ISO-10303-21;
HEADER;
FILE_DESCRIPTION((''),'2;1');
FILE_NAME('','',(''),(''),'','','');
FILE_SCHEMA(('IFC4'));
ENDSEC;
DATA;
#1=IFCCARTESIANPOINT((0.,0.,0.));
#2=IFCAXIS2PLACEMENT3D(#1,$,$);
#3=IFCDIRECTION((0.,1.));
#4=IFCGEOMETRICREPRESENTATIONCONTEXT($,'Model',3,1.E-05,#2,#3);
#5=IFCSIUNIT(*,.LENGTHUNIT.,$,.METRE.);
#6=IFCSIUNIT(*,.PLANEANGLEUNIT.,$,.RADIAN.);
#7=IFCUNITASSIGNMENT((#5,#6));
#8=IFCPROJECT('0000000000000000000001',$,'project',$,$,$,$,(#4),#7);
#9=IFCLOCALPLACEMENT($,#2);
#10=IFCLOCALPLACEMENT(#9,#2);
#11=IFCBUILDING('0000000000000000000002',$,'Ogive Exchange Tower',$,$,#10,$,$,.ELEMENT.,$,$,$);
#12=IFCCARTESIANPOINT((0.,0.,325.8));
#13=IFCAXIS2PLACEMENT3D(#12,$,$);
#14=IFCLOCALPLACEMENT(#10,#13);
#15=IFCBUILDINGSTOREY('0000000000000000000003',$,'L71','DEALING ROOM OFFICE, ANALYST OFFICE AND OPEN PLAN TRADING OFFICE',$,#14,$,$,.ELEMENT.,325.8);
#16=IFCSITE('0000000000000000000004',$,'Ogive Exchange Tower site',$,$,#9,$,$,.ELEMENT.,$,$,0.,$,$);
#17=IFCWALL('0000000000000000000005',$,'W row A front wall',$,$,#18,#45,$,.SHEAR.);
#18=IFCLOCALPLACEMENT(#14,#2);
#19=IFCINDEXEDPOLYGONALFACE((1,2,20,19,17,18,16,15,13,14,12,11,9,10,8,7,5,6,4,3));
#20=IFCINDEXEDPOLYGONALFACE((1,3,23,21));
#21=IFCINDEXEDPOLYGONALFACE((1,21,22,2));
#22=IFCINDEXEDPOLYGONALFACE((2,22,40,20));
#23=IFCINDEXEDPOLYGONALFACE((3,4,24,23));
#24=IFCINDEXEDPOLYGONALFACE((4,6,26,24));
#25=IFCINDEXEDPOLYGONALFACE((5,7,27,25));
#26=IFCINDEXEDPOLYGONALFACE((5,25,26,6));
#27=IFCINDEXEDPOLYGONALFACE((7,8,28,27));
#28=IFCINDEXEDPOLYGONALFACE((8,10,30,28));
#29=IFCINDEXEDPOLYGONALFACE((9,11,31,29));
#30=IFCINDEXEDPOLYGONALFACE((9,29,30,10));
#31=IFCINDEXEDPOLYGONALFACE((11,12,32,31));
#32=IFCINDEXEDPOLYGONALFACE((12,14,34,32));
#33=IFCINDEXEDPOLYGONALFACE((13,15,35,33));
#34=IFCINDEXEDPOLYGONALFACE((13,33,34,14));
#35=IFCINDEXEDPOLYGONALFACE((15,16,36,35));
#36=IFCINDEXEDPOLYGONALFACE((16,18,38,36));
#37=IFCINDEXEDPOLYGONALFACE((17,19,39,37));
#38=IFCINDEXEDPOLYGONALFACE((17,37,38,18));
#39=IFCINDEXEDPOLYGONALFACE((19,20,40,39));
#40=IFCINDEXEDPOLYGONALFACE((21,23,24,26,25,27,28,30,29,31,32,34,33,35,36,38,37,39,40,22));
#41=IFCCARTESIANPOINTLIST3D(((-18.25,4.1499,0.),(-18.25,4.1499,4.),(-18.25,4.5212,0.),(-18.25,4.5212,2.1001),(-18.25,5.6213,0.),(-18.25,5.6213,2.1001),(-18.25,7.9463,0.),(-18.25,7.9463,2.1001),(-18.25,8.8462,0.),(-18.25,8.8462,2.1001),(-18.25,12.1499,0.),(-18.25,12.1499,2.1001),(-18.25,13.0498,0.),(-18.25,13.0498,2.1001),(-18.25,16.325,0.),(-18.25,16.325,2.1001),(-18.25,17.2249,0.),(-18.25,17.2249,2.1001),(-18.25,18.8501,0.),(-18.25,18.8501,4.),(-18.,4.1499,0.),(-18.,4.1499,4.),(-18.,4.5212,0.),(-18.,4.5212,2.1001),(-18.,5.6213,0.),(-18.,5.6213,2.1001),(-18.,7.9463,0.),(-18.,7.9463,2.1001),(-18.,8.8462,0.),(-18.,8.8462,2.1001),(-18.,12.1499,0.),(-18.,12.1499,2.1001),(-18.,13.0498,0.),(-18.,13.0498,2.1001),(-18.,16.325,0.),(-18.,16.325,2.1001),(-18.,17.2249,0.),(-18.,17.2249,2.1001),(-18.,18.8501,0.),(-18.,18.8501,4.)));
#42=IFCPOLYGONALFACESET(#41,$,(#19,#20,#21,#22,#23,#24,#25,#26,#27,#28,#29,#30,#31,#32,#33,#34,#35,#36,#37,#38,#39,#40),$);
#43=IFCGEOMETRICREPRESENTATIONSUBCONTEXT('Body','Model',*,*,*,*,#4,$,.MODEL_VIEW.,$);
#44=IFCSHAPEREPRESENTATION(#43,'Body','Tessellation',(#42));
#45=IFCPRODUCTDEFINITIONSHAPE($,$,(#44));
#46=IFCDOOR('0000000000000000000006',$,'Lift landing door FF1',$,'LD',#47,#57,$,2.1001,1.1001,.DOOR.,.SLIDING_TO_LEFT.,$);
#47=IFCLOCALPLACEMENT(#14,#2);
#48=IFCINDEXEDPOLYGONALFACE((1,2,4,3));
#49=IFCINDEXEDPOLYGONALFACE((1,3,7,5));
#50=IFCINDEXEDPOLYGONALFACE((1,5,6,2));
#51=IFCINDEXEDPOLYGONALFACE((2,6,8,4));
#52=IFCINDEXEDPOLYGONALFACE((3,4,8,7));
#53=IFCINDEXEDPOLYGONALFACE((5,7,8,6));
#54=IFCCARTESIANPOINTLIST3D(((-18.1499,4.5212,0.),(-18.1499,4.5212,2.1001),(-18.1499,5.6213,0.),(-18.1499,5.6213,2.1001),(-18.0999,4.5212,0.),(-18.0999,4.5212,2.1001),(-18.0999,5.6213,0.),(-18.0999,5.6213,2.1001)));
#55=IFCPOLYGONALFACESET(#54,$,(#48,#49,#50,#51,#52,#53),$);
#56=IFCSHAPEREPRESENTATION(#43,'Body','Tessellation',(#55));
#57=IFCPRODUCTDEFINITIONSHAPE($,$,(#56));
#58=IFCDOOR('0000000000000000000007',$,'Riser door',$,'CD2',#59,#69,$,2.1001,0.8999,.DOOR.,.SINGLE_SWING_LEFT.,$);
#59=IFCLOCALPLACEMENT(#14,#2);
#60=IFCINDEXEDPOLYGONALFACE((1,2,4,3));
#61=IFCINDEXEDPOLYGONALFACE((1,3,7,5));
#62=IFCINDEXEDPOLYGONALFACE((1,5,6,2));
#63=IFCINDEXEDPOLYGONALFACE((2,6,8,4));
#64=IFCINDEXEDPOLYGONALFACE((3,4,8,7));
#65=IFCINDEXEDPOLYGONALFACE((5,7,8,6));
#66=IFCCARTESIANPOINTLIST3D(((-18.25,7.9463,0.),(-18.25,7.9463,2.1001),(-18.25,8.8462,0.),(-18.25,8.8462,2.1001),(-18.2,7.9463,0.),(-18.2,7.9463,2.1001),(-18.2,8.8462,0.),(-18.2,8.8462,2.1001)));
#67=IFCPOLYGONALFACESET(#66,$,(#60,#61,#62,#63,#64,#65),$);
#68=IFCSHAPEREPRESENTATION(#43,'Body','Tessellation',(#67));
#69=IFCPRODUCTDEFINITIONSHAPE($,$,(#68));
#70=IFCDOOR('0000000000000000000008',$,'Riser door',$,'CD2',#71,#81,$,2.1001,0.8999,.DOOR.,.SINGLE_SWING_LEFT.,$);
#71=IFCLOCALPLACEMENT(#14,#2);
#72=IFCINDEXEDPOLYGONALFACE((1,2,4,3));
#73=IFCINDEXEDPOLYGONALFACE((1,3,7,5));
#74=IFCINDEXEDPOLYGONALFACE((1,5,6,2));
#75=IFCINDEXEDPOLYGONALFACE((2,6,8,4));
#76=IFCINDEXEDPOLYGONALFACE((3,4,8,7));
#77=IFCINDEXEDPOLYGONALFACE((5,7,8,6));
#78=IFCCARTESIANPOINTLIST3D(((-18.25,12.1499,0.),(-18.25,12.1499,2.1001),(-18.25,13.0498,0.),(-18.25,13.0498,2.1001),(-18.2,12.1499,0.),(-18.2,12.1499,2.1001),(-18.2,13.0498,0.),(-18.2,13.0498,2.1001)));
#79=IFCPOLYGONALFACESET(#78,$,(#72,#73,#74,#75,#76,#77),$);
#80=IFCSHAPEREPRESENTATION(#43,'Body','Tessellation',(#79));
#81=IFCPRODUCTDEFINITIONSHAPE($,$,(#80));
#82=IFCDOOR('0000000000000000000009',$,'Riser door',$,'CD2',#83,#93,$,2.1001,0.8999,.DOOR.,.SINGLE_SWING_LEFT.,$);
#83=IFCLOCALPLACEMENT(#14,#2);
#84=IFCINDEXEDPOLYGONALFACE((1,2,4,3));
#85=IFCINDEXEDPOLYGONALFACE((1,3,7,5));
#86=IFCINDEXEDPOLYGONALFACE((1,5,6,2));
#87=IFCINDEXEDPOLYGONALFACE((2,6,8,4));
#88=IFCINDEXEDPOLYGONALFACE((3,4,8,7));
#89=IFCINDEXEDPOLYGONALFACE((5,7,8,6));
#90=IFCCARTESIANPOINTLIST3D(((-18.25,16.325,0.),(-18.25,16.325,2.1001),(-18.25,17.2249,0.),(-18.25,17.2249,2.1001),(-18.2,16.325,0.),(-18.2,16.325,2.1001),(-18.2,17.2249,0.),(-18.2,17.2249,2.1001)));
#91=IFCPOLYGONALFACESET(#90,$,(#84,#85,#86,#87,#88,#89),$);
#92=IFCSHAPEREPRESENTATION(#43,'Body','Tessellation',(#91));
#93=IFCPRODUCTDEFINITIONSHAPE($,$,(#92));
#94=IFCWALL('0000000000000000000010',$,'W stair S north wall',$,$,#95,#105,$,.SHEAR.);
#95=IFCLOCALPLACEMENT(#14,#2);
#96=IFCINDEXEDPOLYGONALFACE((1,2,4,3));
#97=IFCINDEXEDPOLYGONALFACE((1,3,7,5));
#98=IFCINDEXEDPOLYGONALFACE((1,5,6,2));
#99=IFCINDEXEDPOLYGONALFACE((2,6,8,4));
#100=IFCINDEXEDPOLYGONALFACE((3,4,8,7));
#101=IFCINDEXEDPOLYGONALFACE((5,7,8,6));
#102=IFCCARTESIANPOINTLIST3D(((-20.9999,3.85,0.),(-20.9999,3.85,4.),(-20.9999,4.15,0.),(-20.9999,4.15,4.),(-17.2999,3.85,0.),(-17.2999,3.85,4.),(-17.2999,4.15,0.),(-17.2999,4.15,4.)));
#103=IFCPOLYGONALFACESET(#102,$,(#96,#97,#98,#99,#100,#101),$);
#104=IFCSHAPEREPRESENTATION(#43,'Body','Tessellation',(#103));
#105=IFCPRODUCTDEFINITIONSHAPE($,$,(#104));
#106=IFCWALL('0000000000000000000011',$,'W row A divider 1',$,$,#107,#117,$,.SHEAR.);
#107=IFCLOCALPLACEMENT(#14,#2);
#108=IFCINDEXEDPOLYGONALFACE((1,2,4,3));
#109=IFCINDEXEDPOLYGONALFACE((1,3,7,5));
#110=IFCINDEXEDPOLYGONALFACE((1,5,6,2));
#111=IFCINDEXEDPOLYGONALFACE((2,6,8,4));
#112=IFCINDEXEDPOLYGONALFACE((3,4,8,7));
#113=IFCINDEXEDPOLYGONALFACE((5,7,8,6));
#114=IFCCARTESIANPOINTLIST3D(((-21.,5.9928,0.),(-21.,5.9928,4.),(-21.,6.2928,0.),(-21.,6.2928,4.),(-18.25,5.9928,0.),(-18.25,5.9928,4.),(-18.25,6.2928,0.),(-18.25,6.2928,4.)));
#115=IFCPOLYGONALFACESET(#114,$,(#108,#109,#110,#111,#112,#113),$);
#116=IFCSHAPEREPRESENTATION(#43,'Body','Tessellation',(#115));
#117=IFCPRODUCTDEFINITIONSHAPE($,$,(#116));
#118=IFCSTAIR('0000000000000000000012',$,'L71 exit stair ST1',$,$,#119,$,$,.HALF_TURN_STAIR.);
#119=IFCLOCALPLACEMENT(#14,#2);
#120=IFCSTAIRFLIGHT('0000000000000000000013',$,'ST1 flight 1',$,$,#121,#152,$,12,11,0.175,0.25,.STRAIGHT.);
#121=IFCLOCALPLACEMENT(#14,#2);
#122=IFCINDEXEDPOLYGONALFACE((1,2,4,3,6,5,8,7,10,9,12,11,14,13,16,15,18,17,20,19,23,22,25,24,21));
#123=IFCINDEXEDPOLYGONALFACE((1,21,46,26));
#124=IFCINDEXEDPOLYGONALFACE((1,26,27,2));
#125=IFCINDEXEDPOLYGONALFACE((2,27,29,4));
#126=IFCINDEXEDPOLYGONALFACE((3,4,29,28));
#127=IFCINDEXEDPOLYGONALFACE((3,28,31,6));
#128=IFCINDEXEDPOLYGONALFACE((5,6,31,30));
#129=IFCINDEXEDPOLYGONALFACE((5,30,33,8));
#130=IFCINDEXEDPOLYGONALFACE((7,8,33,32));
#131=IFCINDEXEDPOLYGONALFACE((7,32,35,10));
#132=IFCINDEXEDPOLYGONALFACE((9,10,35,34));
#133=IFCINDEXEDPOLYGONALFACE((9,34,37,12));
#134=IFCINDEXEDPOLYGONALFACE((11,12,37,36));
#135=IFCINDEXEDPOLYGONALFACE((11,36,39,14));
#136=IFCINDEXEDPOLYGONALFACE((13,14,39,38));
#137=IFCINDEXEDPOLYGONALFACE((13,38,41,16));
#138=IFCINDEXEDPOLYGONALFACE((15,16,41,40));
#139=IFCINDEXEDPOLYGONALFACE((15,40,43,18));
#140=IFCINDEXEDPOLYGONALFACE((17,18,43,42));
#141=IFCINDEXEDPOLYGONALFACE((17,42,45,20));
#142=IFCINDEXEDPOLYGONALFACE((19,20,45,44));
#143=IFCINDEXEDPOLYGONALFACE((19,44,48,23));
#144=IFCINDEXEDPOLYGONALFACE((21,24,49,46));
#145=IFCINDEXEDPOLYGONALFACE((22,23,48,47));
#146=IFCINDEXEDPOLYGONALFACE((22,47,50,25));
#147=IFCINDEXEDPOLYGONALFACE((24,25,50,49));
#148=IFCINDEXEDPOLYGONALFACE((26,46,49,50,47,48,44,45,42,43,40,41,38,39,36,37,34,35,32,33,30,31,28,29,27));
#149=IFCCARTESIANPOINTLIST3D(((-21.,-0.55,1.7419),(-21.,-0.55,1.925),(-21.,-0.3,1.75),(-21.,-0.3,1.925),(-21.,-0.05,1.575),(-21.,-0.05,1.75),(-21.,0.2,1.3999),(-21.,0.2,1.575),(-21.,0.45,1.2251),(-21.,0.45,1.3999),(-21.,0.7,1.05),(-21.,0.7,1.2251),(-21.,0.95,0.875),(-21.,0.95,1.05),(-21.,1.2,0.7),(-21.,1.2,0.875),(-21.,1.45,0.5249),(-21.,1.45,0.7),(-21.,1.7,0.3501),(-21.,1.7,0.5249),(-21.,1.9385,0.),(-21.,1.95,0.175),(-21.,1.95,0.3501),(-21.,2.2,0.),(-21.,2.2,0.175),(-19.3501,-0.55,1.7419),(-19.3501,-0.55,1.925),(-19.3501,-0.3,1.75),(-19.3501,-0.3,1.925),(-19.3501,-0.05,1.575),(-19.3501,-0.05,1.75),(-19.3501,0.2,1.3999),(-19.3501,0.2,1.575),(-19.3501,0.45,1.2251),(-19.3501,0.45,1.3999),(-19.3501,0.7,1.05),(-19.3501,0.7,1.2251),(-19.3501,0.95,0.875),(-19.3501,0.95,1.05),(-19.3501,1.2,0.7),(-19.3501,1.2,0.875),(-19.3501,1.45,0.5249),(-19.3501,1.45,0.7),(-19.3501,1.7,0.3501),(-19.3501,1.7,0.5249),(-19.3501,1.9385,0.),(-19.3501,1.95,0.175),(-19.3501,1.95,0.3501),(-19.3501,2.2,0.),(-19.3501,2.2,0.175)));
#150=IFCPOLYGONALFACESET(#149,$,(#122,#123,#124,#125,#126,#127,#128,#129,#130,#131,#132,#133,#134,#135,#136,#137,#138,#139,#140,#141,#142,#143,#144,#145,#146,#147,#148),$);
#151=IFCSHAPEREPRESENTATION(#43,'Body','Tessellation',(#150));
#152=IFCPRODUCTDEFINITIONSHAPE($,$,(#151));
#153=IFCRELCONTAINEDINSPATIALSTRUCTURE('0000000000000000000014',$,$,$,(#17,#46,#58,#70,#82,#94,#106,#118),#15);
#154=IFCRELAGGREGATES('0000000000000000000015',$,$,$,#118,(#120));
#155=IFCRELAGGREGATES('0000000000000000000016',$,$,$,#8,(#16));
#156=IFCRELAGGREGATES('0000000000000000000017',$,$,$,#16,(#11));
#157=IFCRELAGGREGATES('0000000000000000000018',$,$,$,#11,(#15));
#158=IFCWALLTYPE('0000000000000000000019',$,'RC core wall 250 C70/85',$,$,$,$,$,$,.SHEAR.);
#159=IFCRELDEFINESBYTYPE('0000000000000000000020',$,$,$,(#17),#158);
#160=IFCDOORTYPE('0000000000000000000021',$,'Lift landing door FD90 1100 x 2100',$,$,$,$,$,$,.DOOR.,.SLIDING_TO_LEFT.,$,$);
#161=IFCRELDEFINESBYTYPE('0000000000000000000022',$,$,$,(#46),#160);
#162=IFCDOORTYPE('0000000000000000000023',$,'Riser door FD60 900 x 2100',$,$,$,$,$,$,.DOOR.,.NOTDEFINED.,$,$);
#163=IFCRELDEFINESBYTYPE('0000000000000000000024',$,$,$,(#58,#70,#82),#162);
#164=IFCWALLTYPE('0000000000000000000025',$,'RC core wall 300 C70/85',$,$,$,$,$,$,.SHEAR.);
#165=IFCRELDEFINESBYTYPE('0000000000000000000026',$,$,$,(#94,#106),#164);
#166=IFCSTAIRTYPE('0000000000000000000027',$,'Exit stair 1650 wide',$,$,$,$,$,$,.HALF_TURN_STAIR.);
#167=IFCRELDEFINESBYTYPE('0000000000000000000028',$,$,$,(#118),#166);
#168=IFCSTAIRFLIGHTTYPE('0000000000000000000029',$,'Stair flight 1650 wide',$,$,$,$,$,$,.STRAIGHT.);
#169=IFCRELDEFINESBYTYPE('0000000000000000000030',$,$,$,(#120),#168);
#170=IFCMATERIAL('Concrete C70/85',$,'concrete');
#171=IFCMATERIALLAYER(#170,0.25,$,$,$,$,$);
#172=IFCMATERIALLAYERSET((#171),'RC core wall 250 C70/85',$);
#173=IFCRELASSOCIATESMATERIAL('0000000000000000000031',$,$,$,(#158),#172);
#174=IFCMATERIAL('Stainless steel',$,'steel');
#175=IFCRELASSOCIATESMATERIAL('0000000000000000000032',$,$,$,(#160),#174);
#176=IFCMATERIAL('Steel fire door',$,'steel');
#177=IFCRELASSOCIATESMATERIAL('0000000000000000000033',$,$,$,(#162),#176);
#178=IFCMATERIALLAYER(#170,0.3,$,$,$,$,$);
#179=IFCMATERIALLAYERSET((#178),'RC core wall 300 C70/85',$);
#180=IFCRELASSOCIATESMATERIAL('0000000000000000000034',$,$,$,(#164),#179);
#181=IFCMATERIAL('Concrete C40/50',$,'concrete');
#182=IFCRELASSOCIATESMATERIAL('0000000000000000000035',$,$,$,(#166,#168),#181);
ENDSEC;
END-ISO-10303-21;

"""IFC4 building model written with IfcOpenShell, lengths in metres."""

from ifc_helpers import new_model, si_unit, direction, frame, frame_2d, origin, place, context, subcontext, project, spatial, polyline, rectangle, outline, extrude, material, layer, layer_set, type_object, element, fill, aggregate, save


model = new_model("IFC4")

# Units and contexts
model_context = context("Model", 3, precision=1e-05, world=origin(), true_north=direction((0.0, 1.0)))
body_context = subcontext(model_context, "Body", "Model", "MODEL_VIEW")
ifc_project = project(units=[si_unit("LENGTHUNIT", "METRE"), si_unit("PLANEANGLEUNIT", "RADIAN")], contexts=[model_context])

# Site, building, storey
site_placement = place(None, origin())
site = spatial("IfcSite", under=ifc_project, at=site_placement, Name="Ogive Exchange Tower site", CompositionType="ELEMENT", RefElevation=0.0)
building_placement = place(site_placement, origin())
building = spatial("IfcBuilding", under=site, at=building_placement, Name="Ogive Exchange Tower", CompositionType="ELEMENT")
storey_placement = place(building_placement, frame((0.0, 0.0, 325.8)))
storey = spatial("IfcBuildingStorey", under=building, at=storey_placement, Name="L71", Description="DEALING ROOM OFFICE, ANALYST OFFICE AND OPEN PLAN TRADING OFFICE", CompositionType="ELEMENT", Elevation=325.8)

# Wall, openings, doors
ifc_material_1 = material(Name="Concrete C70/85", Category="concrete")
ifc_layer_1 = layer(ifc_material_1, 0.25)
ifc_layer_set_1 = layer_set([ifc_layer_1], Name="RC core wall 250 C70/85")
wall_type_1 = type_object("IfcWallType", Name="RC core wall 250 C70/85", PredefinedType="SHEAR", material=ifc_layer_set_1)
wall_1_placement = place(storey_placement, frame((-18.125, 4.1499, 0.0), z_axis=(0.0, 0.0, 1.0), x_axis=(0.0, 1.0, 0.0)))
wall_1 = element("IfcWall", 1, at=wall_1_placement, inside=storey, type_object=wall_type_1, Name="W row A front wall", PredefinedType="SHEAR", context=body_context, shape_type="SweptSolid", body=[
    extrude(rectangle(XDim=14.7002, YDim=0.25, at=frame_2d((7.3501, 0.0))), origin(), (0.0, 0.0, 1.0), 4.0),
])
opening_1_placement = place(wall_1_placement, frame((3.7964, 0.0, 0.0)))
opening_1 = element("IfcOpeningElement", 2, at=opening_1_placement, cuts=wall_1, PredefinedType="OPENING", context=body_context, shape_type="SweptSolid", body=[
    extrude(rectangle(XDim=0.8999, YDim=2.1001, at=frame_2d((0.45, 1.05))), frame((0.0, 0.135, 0.0), z_axis=(0.0, -1.0, 0.0), x_axis=(1.0, 0.0, 0.0)), (0.0, 0.0, 1.0), 0.27),
])
opening_2_placement = place(wall_1_placement, frame((8.0, 0.0, 0.0)))
opening_2 = element("IfcOpeningElement", 3, at=opening_2_placement, cuts=wall_1, PredefinedType="OPENING", context=body_context, shape_type="SweptSolid", body=[
    extrude(rectangle(XDim=0.8999, YDim=2.1001, at=frame_2d((0.45, 1.05))), frame((0.0, 0.135, 0.0), z_axis=(0.0, -1.0, 0.0), x_axis=(1.0, 0.0, 0.0)), (0.0, 0.0, 1.0), 0.27),
])
opening_3_placement = place(wall_1_placement, frame((12.175, 0.0, 0.0)))
opening_3 = element("IfcOpeningElement", 4, at=opening_3_placement, cuts=wall_1, PredefinedType="OPENING", context=body_context, shape_type="SweptSolid", body=[
    extrude(rectangle(XDim=0.8999, YDim=2.1001, at=frame_2d((0.45, 1.05))), frame((0.0, 0.135, 0.0), z_axis=(0.0, -1.0, 0.0), x_axis=(1.0, 0.0, 0.0)), (0.0, 0.0, 1.0), 0.27),
])
opening_4_placement = place(wall_1_placement, frame((0.3713, 0.0, 0.0)))
opening_4 = element("IfcOpeningElement", 5, at=opening_4_placement, cuts=wall_1, PredefinedType="OPENING", context=body_context, shape_type="SweptSolid", body=[
    extrude(rectangle(XDim=1.1001, YDim=2.1001, at=frame_2d((0.55, 1.05))), frame((0.0, 0.135, 0.0), z_axis=(0.0, -1.0, 0.0), x_axis=(1.0, 0.0, 0.0)), (0.0, 0.0, 1.0), 0.27),
])
ifc_material_2 = material(Name="Stainless steel", Category="steel")
door_type_1 = type_object("IfcDoorType", Name="Lift landing door FD90 1100 x 2100", OperationType="SLIDING_TO_LEFT", PredefinedType="DOOR", material=ifc_material_2)
door_1_placement = place(opening_4_placement, origin())
door_1 = element("IfcDoor", 6, at=door_1_placement, inside=storey, type_object=door_type_1, Name="Lift landing door FF1", ObjectType="LD", OperationType="SLIDING_TO_LEFT", OverallHeight=2.1001, OverallWidth=1.1001, PredefinedType="DOOR", context=body_context, shape_type="SweptSolid", body=[
    extrude(rectangle(XDim=1.1001, YDim=2.1001, at=frame_2d((0.55, 1.05))), frame((0.0, 0.0249, 0.0), z_axis=(0.0, -1.0, 0.0), x_axis=(1.0, 0.0, 0.0)), (0.0, 0.0, 1.0), 0.05),
])
fill(opening_4, door_1)
ifc_material_3 = material(Name="Steel fire door", Category="steel")
door_type_2 = type_object("IfcDoorType", Name="Riser door FD60 900 x 2100", OperationType="NOTDEFINED", PredefinedType="DOOR", material=ifc_material_3)
door_2_placement = place(opening_1_placement, origin())
door_2 = element("IfcDoor", 7, at=door_2_placement, inside=storey, type_object=door_type_2, Name="Riser door", ObjectType="CD2", OperationType="SINGLE_SWING_LEFT", OverallHeight=2.1001, OverallWidth=0.8999, PredefinedType="DOOR", context=body_context, shape_type="SweptSolid", body=[
    extrude(rectangle(XDim=0.8999, YDim=2.1001, at=frame_2d((0.45, 1.05))), frame((0.0, 0.125, 0.0), z_axis=(0.0, -1.0, 0.0), x_axis=(1.0, 0.0, 0.0)), (0.0, 0.0, 1.0), 0.05),
])
fill(opening_1, door_2)
door_3_placement = place(opening_2_placement, origin())
door_3 = element("IfcDoor", 8, at=door_3_placement, inside=storey, type_object=door_type_2, Name="Riser door", ObjectType="CD2", OperationType="SINGLE_SWING_LEFT", OverallHeight=2.1001, OverallWidth=0.8999, PredefinedType="DOOR", context=body_context, shape_type="SweptSolid", body=[
    extrude(rectangle(XDim=0.8999, YDim=2.1001, at=frame_2d((0.45, 1.05))), frame((0.0, 0.125, 0.0), z_axis=(0.0, -1.0, 0.0), x_axis=(1.0, 0.0, 0.0)), (0.0, 0.0, 1.0), 0.05),
])
fill(opening_2, door_3)
door_4_placement = place(opening_3_placement, origin())
door_4 = element("IfcDoor", 9, at=door_4_placement, inside=storey, type_object=door_type_2, Name="Riser door", ObjectType="CD2", OperationType="SINGLE_SWING_LEFT", OverallHeight=2.1001, OverallWidth=0.8999, PredefinedType="DOOR", context=body_context, shape_type="SweptSolid", body=[
    extrude(rectangle(XDim=0.8999, YDim=2.1001, at=frame_2d((0.45, 1.05))), frame((0.0, 0.125, 0.0), z_axis=(0.0, -1.0, 0.0), x_axis=(1.0, 0.0, 0.0)), (0.0, 0.0, 1.0), 0.05),
])
fill(opening_3, door_4)

# Walls
ifc_layer_2 = layer(ifc_material_1, 0.3)
ifc_layer_set_2 = layer_set([ifc_layer_2], Name="RC core wall 300 C70/85")
wall_type_2 = type_object("IfcWallType", Name="RC core wall 300 C70/85", PredefinedType="SHEAR", material=ifc_layer_set_2)
wall_2_placement = place(storey_placement, frame((-21.0, 4.0, 0.0), z_axis=(0.0, 0.0, 1.0), x_axis=(1.0, 0.0, 0.0)))
element("IfcWall", 10, at=wall_2_placement, inside=storey, type_object=wall_type_2, Name="W stair S north wall", PredefinedType="SHEAR", context=body_context, shape_type="SweptSolid", body=[
    extrude(rectangle(XDim=3.7, YDim=0.3, at=frame_2d((1.8501, 0.0))), origin(), (0.0, 0.0, 1.0), 4.0),
])
wall_3_placement = place(storey_placement, frame((-21.0, 6.1428, 0.0), z_axis=(0.0, 0.0, 1.0), x_axis=(1.0, 0.0, 0.0)))
element("IfcWall", 11, at=wall_3_placement, inside=storey, type_object=wall_type_2, Name="W row A divider 1", PredefinedType="SHEAR", context=body_context, shape_type="SweptSolid", body=[
    extrude(rectangle(XDim=2.75, YDim=0.3, at=frame_2d((1.375, 0.0))), origin(), (0.0, 0.0, 1.0), 4.0),
])

# Stair, stair flight
ifc_material_4 = material(Name="Concrete C40/50", Category="concrete")
stair_type = type_object("IfcStairType", Name="Exit stair 1650 wide", PredefinedType="HALF_TURN_STAIR", material=ifc_material_4)
stair_placement = place(storey_placement, origin())
stair = element("IfcStair", 12, at=stair_placement, inside=storey, type_object=stair_type, Name="L71 exit stair ST1", PredefinedType="HALF_TURN_STAIR")
stair_flight_type = type_object("IfcStairFlightType", Name="Stair flight 1650 wide", PredefinedType="STRAIGHT", material=ifc_material_4)
stair_flight_1_placement = place(storey_placement, frame((-20.175, 2.2, 0.0), z_axis=(0.0, 0.0, 1.0), x_axis=(0.0, -1.0, 0.0)))
stair_flight_1 = element("IfcStairFlight", 13, at=stair_flight_1_placement, type_object=stair_flight_type, Name="ST1 flight 1", NumberOfRisers=12, NumberOfTreads=11, PredefinedType="STRAIGHT", RiserHeight=0.175, TreadLength=0.25, context=body_context, shape_type="SweptSolid", body=[
    extrude(outline(polyline([(0.0, 0.0), (0.0, 0.175), (0.25, 0.175), (0.25, 0.3501), (0.5, 0.3501), (0.5, 0.5249), (0.75, 0.5249), (0.75, 0.7), (1.0, 0.7), (1.0, 0.875), (1.25, 0.875), (1.25, 1.05), (1.5, 1.05), (1.5, 1.2251), (1.75, 1.2251), (1.75, 1.3999), (2.0, 1.3999), (2.0, 1.575), (2.25, 1.575), (2.25, 1.75), (2.5, 1.75), (2.5, 1.925), (2.75, 1.925), (2.75, 2.1001), (2.75, 1.7419), (0.2615, 0.0), (0.0, 0.0)])), frame((0.0, 0.825, 0.0), z_axis=(0.0, -1.0, 0.0), x_axis=(1.0, 0.0, 0.0)), (0.0, 0.0, 1.0), 1.6499),
])
aggregate(stair, [stair_flight_1])

save(model, "model.ifc")
